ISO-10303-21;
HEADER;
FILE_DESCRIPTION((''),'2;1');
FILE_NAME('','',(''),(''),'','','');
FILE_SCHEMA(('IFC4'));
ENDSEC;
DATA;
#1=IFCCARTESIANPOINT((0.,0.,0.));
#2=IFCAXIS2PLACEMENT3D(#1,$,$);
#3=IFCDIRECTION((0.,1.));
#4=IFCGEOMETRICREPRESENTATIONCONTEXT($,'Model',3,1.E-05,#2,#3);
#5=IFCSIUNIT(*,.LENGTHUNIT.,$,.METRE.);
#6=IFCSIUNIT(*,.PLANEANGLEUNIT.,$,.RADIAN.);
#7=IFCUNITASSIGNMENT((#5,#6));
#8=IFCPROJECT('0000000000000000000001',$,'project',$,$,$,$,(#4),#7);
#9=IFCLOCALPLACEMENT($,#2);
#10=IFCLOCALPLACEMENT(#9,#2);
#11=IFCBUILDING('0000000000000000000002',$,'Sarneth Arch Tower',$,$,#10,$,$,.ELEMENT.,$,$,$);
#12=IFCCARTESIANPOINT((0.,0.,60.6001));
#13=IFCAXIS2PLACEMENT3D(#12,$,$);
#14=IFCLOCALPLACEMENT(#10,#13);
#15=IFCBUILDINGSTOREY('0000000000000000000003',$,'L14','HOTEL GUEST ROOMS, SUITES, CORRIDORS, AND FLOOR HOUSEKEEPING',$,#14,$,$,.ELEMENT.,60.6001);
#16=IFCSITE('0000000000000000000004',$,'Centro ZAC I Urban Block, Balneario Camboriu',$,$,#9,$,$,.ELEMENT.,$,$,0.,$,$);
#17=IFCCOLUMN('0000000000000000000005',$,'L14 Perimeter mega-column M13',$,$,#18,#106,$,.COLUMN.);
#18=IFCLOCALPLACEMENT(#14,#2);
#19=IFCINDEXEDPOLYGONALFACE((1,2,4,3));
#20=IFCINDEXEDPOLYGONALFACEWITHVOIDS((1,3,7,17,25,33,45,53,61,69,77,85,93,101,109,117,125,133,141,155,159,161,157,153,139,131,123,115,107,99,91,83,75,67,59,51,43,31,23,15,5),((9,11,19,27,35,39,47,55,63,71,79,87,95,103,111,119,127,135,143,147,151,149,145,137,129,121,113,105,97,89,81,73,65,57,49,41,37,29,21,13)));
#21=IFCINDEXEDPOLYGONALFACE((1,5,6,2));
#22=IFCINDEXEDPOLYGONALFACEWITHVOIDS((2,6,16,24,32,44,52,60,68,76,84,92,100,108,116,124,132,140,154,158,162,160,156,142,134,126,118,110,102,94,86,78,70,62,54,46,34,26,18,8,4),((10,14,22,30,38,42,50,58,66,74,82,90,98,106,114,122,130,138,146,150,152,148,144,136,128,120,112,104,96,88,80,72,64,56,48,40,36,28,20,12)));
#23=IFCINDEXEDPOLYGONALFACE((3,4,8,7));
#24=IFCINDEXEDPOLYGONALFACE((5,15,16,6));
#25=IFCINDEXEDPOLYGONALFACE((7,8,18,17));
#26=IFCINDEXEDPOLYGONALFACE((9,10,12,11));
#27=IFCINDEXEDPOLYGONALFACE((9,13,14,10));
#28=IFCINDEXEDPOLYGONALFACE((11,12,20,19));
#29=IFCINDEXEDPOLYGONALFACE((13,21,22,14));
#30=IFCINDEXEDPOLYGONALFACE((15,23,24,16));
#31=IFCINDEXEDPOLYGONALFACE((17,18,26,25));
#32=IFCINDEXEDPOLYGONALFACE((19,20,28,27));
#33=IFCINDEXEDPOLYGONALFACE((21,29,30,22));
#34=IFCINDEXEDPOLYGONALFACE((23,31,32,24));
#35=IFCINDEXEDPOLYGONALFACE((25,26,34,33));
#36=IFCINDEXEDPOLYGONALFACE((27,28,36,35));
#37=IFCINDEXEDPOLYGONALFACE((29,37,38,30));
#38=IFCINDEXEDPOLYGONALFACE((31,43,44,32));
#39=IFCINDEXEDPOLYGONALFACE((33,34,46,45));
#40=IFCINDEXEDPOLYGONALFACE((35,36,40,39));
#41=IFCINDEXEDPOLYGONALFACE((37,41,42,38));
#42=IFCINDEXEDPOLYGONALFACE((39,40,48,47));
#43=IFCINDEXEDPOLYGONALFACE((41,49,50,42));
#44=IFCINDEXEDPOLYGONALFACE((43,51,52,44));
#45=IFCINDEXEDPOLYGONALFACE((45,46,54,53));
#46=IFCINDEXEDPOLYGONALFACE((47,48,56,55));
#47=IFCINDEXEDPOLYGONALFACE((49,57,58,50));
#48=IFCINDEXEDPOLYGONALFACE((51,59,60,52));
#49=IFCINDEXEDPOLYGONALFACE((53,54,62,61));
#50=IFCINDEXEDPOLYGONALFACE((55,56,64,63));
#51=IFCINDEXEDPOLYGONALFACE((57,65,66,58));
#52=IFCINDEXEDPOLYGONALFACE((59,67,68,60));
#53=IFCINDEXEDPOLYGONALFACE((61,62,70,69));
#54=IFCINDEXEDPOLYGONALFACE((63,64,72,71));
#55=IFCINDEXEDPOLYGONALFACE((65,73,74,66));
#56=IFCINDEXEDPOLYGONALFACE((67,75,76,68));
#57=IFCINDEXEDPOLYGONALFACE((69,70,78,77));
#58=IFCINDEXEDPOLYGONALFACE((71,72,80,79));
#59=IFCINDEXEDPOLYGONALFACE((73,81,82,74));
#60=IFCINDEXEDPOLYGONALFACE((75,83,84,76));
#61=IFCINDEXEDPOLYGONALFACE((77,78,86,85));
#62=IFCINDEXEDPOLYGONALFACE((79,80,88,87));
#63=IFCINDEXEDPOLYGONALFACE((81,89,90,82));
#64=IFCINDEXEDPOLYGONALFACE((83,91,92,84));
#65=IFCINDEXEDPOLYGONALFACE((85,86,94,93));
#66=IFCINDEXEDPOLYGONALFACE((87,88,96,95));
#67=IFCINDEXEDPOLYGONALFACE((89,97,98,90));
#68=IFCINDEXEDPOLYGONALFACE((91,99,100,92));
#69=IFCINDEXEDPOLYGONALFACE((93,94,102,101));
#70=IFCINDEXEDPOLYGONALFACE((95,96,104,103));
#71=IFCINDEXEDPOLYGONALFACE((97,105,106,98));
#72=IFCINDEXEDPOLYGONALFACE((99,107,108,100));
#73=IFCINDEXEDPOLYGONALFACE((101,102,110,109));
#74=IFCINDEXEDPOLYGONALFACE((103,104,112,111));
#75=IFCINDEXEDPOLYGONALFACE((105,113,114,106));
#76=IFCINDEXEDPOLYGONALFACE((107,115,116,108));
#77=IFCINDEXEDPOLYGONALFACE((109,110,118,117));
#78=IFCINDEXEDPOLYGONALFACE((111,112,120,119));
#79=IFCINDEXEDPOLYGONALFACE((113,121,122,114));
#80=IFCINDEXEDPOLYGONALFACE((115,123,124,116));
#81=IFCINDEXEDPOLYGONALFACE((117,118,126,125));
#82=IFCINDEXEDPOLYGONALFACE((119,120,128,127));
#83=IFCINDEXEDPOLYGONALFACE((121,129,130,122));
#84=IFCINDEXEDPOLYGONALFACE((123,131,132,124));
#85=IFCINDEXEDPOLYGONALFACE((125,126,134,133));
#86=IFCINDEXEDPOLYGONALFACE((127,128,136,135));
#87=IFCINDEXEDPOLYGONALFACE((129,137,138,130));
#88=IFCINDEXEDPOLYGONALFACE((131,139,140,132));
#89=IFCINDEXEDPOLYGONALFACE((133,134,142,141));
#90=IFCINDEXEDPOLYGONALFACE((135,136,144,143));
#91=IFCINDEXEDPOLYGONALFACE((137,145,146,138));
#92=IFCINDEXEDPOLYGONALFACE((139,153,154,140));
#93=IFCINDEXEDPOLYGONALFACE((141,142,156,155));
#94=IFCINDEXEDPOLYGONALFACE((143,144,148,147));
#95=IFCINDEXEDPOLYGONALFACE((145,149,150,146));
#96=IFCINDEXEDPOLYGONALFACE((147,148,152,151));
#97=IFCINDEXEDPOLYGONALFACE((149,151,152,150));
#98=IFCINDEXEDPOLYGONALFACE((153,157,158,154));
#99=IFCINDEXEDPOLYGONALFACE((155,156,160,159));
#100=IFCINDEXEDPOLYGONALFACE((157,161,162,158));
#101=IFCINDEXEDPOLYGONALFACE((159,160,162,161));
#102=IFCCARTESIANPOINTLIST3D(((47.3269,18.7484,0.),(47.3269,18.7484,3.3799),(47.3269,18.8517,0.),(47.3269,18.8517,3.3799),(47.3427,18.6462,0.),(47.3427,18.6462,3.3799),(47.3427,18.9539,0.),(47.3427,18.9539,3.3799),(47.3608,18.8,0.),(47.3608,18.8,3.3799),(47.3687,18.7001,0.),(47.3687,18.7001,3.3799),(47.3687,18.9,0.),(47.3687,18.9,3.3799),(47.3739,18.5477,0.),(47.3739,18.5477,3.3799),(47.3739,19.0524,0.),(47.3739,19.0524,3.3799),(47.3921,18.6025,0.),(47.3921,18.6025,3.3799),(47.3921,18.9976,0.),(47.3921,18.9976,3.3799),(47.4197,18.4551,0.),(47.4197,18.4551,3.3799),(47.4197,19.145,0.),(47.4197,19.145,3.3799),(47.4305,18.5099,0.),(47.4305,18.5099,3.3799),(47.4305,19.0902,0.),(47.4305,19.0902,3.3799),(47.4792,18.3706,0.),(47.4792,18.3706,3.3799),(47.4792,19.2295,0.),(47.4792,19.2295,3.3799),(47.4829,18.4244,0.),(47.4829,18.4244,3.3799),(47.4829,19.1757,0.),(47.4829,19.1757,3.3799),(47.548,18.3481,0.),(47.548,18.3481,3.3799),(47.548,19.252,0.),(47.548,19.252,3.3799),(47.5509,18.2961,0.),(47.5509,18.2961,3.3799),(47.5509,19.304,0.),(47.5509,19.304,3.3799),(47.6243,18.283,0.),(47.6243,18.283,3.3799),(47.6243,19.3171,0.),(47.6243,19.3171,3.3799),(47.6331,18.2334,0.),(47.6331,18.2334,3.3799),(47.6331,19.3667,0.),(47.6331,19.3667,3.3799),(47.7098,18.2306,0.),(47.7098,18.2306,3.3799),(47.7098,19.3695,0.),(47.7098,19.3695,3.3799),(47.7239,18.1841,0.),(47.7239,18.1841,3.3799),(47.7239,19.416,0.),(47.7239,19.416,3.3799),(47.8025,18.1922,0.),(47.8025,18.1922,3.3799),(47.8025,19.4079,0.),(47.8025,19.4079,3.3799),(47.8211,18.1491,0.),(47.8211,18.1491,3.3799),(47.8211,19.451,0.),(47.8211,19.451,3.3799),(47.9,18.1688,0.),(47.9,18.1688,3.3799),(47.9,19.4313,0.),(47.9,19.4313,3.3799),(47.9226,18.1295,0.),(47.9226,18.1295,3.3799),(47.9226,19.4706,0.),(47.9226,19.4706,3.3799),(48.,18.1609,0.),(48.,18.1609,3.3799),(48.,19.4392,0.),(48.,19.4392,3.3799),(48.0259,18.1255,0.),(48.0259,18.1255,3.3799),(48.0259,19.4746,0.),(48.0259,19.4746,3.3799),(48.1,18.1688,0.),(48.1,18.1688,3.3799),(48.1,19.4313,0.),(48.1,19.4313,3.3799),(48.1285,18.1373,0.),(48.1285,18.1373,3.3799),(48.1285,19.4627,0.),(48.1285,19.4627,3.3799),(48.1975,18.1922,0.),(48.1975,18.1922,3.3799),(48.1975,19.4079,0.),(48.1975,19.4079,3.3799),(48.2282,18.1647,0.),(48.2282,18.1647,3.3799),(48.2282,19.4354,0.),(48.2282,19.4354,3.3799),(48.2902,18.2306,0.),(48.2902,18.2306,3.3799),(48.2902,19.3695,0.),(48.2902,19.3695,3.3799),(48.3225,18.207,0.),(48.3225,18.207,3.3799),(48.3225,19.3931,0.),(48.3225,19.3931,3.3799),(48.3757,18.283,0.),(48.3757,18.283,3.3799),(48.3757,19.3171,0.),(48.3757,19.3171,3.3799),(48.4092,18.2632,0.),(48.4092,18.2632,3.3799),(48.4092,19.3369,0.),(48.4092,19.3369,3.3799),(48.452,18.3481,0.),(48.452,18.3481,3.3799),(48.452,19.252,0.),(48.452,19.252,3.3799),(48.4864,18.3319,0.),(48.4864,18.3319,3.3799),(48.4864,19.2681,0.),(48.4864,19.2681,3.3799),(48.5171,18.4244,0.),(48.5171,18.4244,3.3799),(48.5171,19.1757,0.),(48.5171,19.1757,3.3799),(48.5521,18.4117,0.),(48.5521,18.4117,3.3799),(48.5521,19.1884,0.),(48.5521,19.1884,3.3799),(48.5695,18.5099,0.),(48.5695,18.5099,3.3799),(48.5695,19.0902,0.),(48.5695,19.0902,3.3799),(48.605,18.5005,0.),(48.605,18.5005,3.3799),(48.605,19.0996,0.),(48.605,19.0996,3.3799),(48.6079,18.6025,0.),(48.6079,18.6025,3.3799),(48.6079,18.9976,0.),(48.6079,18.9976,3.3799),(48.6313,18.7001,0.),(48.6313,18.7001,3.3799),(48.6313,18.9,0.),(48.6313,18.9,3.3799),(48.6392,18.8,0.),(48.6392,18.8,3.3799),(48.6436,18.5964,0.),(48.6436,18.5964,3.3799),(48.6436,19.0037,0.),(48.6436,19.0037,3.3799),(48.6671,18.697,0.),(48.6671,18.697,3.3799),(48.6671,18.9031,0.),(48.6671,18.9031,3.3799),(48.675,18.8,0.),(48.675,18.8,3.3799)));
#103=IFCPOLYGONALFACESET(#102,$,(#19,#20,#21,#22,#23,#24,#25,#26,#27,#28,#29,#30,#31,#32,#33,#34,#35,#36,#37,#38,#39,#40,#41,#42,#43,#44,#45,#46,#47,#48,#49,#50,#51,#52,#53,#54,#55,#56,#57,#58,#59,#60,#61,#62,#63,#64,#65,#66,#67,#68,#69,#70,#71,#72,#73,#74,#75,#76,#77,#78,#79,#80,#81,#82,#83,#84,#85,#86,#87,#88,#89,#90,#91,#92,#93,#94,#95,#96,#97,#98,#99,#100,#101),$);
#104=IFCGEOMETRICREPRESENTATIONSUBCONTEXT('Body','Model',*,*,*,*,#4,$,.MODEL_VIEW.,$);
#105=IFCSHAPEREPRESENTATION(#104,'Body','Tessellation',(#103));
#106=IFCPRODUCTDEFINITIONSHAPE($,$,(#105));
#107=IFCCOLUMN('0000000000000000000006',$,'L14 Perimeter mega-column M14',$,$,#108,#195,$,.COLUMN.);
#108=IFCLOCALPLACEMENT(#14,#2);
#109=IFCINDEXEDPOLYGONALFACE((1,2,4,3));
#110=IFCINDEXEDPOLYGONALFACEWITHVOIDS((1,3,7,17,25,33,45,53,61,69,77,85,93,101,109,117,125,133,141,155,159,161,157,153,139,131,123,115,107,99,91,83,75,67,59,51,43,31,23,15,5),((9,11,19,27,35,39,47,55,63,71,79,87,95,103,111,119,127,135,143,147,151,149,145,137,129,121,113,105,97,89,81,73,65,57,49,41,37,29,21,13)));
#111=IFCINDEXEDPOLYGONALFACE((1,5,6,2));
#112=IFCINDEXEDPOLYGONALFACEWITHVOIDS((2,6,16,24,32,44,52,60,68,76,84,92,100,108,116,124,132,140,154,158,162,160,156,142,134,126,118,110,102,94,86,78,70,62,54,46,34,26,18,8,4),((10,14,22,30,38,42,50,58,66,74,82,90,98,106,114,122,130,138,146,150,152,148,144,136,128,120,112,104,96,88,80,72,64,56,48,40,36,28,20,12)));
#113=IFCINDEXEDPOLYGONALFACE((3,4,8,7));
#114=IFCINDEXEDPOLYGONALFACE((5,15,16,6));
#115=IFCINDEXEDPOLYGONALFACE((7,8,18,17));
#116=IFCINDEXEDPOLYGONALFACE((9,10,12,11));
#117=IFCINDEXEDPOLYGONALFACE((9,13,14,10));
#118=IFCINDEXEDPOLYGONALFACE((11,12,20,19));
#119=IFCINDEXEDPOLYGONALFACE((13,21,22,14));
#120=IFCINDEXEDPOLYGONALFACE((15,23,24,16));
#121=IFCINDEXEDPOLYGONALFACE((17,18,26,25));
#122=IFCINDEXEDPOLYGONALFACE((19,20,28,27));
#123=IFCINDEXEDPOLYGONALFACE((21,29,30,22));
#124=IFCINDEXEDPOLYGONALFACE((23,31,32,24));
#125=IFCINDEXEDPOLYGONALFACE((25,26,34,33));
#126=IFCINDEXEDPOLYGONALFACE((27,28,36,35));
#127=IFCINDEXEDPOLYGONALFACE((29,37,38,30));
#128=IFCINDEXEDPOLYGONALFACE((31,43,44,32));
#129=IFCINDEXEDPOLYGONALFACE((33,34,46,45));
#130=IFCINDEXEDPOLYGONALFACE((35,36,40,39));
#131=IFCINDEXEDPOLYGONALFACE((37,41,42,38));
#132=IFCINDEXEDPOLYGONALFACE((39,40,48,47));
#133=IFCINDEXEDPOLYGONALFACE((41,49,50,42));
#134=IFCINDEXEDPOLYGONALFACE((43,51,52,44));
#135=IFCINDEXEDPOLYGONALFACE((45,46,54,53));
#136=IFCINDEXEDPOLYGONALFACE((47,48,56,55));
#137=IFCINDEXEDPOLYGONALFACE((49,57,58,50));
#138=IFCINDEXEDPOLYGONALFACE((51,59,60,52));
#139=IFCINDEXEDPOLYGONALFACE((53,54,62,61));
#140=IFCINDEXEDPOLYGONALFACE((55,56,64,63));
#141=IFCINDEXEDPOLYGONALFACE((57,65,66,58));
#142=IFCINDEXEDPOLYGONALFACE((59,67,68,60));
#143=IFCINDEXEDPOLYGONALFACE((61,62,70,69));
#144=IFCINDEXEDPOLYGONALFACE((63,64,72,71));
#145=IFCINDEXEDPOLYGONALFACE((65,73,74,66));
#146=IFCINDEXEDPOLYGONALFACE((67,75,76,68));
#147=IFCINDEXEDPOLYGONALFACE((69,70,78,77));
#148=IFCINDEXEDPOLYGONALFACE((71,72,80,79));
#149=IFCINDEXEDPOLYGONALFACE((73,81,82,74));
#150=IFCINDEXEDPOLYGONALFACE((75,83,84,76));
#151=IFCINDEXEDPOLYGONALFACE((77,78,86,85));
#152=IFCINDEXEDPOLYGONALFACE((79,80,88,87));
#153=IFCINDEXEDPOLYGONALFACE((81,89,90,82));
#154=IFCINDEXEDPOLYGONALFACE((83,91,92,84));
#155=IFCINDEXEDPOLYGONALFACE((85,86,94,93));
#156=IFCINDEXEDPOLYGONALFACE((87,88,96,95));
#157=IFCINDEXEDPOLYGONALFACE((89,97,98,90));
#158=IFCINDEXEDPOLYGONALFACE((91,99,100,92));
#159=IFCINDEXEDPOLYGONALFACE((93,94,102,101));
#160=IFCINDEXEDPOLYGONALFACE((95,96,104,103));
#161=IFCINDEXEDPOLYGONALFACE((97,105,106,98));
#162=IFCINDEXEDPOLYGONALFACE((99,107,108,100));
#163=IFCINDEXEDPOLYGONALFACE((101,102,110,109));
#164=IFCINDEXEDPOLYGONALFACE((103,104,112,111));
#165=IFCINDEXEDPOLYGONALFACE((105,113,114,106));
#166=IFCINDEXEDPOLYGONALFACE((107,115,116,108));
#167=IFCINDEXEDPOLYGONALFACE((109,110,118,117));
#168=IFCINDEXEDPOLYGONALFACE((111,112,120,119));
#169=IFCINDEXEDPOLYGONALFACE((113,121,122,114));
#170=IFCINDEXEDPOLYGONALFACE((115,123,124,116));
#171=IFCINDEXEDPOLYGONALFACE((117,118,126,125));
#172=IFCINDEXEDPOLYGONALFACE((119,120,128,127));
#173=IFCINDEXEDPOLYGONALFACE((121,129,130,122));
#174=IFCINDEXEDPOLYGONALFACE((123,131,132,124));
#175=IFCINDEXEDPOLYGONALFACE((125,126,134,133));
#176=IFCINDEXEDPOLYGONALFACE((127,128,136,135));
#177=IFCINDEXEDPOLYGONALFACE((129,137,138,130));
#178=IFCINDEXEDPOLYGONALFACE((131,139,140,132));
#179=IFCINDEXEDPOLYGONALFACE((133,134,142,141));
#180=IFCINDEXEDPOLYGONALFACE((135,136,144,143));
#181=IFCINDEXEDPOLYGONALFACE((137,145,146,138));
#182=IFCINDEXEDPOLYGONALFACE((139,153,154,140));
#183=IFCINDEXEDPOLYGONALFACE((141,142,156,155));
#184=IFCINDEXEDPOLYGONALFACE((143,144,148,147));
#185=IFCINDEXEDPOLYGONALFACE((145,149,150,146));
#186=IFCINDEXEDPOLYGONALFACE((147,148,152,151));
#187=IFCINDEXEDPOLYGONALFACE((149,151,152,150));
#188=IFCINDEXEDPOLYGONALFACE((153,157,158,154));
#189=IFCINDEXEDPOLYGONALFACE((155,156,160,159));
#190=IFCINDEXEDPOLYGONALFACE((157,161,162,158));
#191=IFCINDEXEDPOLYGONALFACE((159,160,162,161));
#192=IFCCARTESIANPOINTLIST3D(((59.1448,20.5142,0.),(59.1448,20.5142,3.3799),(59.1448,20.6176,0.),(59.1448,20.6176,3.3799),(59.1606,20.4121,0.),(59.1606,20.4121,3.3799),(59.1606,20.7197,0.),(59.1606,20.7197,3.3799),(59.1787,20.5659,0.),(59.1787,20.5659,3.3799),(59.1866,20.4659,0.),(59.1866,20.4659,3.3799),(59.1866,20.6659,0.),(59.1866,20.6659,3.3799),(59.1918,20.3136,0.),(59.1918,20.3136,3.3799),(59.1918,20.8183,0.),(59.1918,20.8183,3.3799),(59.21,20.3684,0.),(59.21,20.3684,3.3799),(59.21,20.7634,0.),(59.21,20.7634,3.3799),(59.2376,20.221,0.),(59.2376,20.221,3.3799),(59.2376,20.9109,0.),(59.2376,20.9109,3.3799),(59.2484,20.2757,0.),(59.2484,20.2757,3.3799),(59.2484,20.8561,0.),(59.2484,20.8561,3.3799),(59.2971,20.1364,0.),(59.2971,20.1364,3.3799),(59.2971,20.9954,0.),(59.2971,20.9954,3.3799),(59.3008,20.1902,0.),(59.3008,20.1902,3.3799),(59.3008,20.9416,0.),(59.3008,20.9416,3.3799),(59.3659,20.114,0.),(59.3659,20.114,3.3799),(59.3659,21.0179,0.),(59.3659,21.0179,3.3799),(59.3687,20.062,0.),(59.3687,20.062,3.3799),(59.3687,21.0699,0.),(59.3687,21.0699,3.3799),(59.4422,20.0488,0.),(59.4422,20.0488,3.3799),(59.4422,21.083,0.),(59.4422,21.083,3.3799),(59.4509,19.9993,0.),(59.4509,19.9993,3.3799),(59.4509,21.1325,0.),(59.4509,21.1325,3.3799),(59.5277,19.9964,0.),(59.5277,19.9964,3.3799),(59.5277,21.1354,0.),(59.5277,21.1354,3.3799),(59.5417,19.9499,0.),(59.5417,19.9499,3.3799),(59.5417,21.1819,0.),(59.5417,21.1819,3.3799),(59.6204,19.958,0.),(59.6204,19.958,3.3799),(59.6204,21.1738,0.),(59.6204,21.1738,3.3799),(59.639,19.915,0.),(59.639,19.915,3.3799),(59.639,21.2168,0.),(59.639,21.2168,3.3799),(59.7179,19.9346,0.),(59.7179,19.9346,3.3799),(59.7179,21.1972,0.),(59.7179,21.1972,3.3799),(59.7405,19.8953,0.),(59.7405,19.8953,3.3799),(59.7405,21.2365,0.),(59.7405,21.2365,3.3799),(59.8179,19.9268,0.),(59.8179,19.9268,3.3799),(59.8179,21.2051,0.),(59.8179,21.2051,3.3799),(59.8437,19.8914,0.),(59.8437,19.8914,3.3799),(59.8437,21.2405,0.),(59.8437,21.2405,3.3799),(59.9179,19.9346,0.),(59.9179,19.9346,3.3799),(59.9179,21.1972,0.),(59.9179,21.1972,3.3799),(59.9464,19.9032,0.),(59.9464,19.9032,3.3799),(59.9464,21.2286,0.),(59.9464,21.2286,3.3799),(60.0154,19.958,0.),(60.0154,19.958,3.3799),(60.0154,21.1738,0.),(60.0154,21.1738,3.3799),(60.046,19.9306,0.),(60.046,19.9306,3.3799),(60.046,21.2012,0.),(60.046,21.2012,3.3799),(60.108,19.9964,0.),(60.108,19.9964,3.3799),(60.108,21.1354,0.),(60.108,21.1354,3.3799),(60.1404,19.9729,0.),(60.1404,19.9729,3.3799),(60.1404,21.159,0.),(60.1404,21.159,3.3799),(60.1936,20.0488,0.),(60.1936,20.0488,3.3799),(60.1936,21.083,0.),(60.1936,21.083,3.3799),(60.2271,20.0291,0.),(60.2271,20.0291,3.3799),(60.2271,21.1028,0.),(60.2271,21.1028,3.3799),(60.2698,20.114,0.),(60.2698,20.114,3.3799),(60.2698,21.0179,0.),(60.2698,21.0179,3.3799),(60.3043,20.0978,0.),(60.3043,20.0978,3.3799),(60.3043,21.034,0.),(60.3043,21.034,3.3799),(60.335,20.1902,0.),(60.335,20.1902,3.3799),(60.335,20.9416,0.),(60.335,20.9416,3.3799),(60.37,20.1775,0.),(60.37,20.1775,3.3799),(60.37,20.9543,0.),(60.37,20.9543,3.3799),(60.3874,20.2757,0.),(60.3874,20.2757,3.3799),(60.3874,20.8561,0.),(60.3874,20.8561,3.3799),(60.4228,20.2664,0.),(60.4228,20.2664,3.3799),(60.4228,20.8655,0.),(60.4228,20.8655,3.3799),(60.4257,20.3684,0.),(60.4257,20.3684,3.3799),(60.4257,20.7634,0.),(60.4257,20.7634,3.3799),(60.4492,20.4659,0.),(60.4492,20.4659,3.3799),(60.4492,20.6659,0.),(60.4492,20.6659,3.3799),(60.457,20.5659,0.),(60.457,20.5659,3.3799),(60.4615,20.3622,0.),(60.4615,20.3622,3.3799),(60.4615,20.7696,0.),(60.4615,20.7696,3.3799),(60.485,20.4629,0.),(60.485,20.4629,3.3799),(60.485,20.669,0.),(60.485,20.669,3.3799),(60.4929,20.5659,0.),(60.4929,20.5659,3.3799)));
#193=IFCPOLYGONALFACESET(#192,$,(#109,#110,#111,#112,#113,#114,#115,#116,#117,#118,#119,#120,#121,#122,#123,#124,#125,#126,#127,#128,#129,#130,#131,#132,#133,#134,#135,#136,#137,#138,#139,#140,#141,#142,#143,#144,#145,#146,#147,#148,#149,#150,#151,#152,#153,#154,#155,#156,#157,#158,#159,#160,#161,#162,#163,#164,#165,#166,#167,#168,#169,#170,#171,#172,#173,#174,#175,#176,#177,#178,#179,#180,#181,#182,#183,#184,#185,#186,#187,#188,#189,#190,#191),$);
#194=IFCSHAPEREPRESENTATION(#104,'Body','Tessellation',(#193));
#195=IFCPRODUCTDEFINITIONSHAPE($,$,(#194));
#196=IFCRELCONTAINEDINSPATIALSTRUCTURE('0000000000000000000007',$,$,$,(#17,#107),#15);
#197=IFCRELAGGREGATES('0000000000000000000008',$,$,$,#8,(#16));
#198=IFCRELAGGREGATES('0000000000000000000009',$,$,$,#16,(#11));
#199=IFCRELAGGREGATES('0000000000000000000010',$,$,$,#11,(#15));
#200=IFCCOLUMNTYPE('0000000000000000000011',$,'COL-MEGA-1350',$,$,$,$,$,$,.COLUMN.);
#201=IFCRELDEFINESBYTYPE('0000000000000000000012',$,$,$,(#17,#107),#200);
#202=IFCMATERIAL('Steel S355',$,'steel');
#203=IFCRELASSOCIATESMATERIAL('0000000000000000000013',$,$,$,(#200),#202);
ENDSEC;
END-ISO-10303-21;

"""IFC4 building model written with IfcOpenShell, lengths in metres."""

from ifc_helpers import new_model, si_unit, direction, frame, origin, origin_2d, place, context, subcontext, project, spatial, hollow_circle, extrude, material, material_profile, profile_set, type_object, element, save


model = new_model("IFC4")

# Units and contexts
model_context = context("Model", 3, precision=1e-05, world=origin(), true_north=direction((0.0, 1.0)))
body_context = subcontext(model_context, "Body", "Model", "MODEL_VIEW")
ifc_project = project(units=[si_unit("LENGTHUNIT", "METRE"), si_unit("PLANEANGLEUNIT", "RADIAN")], contexts=[model_context])

# Site, building, storey
site_placement = place(None, origin())
site = spatial("IfcSite", under=ifc_project, at=site_placement, Name="Centro ZAC I Urban Block, Balneario Camboriu", CompositionType="ELEMENT", RefElevation=0.0)
building_placement = place(site_placement, origin())
building = spatial("IfcBuilding", under=site, at=building_placement, Name="Sarneth Arch Tower", CompositionType="ELEMENT")
storey_placement = place(building_placement, frame((0.0, 0.0, 60.6001)))
storey = spatial("IfcBuildingStorey", under=building, at=storey_placement, Name="L14", Description="HOTEL GUEST ROOMS, SUITES, CORRIDORS, AND FLOOR HOUSEKEEPING", CompositionType="ELEMENT", Elevation=60.6001)

# Columns
ifc_material_1 = material(Name="Steel S355", Category="steel")
ifc_material_profile_1 = material_profile(ifc_material_1, hollow_circle(Radius=0.675, WallThickness=0.0359, at=origin_2d()), Name="CHS1350x36")
ifc_profile_set_1 = profile_set([ifc_material_profile_1], Name="Steel S355")
column_type = type_object("IfcColumnType", Name="COL-MEGA-1350", PredefinedType="COLUMN", material=ifc_profile_set_1)
for number, where, z_axis, x_axis, name in (
    (1, (48.0, 18.8, 0.0), (0.0, 0.0, 1.0), (1.0, 0.0, 0.0), "L14 Perimeter mega-column M13"),
    (2, (59.8179, 20.5659, 0.0), (0.0, 0.0, 1.0), (1.0, 0.0, 0.0), "L14 Perimeter mega-column M14"),
):
    element("IfcColumn", number, at=place(storey_placement, frame(where, z_axis=z_axis, x_axis=x_axis)), inside=storey, type_object=column_type, Name=name, PredefinedType="COLUMN", context=body_context, shape_type="SweptSolid", body=[
        extrude(hollow_circle(Radius=0.675, WallThickness=0.0359, at=origin_2d()), origin(), (0.0, 0.0, 1.0), 3.3799),
    ])

save(model, "model.ifc")
